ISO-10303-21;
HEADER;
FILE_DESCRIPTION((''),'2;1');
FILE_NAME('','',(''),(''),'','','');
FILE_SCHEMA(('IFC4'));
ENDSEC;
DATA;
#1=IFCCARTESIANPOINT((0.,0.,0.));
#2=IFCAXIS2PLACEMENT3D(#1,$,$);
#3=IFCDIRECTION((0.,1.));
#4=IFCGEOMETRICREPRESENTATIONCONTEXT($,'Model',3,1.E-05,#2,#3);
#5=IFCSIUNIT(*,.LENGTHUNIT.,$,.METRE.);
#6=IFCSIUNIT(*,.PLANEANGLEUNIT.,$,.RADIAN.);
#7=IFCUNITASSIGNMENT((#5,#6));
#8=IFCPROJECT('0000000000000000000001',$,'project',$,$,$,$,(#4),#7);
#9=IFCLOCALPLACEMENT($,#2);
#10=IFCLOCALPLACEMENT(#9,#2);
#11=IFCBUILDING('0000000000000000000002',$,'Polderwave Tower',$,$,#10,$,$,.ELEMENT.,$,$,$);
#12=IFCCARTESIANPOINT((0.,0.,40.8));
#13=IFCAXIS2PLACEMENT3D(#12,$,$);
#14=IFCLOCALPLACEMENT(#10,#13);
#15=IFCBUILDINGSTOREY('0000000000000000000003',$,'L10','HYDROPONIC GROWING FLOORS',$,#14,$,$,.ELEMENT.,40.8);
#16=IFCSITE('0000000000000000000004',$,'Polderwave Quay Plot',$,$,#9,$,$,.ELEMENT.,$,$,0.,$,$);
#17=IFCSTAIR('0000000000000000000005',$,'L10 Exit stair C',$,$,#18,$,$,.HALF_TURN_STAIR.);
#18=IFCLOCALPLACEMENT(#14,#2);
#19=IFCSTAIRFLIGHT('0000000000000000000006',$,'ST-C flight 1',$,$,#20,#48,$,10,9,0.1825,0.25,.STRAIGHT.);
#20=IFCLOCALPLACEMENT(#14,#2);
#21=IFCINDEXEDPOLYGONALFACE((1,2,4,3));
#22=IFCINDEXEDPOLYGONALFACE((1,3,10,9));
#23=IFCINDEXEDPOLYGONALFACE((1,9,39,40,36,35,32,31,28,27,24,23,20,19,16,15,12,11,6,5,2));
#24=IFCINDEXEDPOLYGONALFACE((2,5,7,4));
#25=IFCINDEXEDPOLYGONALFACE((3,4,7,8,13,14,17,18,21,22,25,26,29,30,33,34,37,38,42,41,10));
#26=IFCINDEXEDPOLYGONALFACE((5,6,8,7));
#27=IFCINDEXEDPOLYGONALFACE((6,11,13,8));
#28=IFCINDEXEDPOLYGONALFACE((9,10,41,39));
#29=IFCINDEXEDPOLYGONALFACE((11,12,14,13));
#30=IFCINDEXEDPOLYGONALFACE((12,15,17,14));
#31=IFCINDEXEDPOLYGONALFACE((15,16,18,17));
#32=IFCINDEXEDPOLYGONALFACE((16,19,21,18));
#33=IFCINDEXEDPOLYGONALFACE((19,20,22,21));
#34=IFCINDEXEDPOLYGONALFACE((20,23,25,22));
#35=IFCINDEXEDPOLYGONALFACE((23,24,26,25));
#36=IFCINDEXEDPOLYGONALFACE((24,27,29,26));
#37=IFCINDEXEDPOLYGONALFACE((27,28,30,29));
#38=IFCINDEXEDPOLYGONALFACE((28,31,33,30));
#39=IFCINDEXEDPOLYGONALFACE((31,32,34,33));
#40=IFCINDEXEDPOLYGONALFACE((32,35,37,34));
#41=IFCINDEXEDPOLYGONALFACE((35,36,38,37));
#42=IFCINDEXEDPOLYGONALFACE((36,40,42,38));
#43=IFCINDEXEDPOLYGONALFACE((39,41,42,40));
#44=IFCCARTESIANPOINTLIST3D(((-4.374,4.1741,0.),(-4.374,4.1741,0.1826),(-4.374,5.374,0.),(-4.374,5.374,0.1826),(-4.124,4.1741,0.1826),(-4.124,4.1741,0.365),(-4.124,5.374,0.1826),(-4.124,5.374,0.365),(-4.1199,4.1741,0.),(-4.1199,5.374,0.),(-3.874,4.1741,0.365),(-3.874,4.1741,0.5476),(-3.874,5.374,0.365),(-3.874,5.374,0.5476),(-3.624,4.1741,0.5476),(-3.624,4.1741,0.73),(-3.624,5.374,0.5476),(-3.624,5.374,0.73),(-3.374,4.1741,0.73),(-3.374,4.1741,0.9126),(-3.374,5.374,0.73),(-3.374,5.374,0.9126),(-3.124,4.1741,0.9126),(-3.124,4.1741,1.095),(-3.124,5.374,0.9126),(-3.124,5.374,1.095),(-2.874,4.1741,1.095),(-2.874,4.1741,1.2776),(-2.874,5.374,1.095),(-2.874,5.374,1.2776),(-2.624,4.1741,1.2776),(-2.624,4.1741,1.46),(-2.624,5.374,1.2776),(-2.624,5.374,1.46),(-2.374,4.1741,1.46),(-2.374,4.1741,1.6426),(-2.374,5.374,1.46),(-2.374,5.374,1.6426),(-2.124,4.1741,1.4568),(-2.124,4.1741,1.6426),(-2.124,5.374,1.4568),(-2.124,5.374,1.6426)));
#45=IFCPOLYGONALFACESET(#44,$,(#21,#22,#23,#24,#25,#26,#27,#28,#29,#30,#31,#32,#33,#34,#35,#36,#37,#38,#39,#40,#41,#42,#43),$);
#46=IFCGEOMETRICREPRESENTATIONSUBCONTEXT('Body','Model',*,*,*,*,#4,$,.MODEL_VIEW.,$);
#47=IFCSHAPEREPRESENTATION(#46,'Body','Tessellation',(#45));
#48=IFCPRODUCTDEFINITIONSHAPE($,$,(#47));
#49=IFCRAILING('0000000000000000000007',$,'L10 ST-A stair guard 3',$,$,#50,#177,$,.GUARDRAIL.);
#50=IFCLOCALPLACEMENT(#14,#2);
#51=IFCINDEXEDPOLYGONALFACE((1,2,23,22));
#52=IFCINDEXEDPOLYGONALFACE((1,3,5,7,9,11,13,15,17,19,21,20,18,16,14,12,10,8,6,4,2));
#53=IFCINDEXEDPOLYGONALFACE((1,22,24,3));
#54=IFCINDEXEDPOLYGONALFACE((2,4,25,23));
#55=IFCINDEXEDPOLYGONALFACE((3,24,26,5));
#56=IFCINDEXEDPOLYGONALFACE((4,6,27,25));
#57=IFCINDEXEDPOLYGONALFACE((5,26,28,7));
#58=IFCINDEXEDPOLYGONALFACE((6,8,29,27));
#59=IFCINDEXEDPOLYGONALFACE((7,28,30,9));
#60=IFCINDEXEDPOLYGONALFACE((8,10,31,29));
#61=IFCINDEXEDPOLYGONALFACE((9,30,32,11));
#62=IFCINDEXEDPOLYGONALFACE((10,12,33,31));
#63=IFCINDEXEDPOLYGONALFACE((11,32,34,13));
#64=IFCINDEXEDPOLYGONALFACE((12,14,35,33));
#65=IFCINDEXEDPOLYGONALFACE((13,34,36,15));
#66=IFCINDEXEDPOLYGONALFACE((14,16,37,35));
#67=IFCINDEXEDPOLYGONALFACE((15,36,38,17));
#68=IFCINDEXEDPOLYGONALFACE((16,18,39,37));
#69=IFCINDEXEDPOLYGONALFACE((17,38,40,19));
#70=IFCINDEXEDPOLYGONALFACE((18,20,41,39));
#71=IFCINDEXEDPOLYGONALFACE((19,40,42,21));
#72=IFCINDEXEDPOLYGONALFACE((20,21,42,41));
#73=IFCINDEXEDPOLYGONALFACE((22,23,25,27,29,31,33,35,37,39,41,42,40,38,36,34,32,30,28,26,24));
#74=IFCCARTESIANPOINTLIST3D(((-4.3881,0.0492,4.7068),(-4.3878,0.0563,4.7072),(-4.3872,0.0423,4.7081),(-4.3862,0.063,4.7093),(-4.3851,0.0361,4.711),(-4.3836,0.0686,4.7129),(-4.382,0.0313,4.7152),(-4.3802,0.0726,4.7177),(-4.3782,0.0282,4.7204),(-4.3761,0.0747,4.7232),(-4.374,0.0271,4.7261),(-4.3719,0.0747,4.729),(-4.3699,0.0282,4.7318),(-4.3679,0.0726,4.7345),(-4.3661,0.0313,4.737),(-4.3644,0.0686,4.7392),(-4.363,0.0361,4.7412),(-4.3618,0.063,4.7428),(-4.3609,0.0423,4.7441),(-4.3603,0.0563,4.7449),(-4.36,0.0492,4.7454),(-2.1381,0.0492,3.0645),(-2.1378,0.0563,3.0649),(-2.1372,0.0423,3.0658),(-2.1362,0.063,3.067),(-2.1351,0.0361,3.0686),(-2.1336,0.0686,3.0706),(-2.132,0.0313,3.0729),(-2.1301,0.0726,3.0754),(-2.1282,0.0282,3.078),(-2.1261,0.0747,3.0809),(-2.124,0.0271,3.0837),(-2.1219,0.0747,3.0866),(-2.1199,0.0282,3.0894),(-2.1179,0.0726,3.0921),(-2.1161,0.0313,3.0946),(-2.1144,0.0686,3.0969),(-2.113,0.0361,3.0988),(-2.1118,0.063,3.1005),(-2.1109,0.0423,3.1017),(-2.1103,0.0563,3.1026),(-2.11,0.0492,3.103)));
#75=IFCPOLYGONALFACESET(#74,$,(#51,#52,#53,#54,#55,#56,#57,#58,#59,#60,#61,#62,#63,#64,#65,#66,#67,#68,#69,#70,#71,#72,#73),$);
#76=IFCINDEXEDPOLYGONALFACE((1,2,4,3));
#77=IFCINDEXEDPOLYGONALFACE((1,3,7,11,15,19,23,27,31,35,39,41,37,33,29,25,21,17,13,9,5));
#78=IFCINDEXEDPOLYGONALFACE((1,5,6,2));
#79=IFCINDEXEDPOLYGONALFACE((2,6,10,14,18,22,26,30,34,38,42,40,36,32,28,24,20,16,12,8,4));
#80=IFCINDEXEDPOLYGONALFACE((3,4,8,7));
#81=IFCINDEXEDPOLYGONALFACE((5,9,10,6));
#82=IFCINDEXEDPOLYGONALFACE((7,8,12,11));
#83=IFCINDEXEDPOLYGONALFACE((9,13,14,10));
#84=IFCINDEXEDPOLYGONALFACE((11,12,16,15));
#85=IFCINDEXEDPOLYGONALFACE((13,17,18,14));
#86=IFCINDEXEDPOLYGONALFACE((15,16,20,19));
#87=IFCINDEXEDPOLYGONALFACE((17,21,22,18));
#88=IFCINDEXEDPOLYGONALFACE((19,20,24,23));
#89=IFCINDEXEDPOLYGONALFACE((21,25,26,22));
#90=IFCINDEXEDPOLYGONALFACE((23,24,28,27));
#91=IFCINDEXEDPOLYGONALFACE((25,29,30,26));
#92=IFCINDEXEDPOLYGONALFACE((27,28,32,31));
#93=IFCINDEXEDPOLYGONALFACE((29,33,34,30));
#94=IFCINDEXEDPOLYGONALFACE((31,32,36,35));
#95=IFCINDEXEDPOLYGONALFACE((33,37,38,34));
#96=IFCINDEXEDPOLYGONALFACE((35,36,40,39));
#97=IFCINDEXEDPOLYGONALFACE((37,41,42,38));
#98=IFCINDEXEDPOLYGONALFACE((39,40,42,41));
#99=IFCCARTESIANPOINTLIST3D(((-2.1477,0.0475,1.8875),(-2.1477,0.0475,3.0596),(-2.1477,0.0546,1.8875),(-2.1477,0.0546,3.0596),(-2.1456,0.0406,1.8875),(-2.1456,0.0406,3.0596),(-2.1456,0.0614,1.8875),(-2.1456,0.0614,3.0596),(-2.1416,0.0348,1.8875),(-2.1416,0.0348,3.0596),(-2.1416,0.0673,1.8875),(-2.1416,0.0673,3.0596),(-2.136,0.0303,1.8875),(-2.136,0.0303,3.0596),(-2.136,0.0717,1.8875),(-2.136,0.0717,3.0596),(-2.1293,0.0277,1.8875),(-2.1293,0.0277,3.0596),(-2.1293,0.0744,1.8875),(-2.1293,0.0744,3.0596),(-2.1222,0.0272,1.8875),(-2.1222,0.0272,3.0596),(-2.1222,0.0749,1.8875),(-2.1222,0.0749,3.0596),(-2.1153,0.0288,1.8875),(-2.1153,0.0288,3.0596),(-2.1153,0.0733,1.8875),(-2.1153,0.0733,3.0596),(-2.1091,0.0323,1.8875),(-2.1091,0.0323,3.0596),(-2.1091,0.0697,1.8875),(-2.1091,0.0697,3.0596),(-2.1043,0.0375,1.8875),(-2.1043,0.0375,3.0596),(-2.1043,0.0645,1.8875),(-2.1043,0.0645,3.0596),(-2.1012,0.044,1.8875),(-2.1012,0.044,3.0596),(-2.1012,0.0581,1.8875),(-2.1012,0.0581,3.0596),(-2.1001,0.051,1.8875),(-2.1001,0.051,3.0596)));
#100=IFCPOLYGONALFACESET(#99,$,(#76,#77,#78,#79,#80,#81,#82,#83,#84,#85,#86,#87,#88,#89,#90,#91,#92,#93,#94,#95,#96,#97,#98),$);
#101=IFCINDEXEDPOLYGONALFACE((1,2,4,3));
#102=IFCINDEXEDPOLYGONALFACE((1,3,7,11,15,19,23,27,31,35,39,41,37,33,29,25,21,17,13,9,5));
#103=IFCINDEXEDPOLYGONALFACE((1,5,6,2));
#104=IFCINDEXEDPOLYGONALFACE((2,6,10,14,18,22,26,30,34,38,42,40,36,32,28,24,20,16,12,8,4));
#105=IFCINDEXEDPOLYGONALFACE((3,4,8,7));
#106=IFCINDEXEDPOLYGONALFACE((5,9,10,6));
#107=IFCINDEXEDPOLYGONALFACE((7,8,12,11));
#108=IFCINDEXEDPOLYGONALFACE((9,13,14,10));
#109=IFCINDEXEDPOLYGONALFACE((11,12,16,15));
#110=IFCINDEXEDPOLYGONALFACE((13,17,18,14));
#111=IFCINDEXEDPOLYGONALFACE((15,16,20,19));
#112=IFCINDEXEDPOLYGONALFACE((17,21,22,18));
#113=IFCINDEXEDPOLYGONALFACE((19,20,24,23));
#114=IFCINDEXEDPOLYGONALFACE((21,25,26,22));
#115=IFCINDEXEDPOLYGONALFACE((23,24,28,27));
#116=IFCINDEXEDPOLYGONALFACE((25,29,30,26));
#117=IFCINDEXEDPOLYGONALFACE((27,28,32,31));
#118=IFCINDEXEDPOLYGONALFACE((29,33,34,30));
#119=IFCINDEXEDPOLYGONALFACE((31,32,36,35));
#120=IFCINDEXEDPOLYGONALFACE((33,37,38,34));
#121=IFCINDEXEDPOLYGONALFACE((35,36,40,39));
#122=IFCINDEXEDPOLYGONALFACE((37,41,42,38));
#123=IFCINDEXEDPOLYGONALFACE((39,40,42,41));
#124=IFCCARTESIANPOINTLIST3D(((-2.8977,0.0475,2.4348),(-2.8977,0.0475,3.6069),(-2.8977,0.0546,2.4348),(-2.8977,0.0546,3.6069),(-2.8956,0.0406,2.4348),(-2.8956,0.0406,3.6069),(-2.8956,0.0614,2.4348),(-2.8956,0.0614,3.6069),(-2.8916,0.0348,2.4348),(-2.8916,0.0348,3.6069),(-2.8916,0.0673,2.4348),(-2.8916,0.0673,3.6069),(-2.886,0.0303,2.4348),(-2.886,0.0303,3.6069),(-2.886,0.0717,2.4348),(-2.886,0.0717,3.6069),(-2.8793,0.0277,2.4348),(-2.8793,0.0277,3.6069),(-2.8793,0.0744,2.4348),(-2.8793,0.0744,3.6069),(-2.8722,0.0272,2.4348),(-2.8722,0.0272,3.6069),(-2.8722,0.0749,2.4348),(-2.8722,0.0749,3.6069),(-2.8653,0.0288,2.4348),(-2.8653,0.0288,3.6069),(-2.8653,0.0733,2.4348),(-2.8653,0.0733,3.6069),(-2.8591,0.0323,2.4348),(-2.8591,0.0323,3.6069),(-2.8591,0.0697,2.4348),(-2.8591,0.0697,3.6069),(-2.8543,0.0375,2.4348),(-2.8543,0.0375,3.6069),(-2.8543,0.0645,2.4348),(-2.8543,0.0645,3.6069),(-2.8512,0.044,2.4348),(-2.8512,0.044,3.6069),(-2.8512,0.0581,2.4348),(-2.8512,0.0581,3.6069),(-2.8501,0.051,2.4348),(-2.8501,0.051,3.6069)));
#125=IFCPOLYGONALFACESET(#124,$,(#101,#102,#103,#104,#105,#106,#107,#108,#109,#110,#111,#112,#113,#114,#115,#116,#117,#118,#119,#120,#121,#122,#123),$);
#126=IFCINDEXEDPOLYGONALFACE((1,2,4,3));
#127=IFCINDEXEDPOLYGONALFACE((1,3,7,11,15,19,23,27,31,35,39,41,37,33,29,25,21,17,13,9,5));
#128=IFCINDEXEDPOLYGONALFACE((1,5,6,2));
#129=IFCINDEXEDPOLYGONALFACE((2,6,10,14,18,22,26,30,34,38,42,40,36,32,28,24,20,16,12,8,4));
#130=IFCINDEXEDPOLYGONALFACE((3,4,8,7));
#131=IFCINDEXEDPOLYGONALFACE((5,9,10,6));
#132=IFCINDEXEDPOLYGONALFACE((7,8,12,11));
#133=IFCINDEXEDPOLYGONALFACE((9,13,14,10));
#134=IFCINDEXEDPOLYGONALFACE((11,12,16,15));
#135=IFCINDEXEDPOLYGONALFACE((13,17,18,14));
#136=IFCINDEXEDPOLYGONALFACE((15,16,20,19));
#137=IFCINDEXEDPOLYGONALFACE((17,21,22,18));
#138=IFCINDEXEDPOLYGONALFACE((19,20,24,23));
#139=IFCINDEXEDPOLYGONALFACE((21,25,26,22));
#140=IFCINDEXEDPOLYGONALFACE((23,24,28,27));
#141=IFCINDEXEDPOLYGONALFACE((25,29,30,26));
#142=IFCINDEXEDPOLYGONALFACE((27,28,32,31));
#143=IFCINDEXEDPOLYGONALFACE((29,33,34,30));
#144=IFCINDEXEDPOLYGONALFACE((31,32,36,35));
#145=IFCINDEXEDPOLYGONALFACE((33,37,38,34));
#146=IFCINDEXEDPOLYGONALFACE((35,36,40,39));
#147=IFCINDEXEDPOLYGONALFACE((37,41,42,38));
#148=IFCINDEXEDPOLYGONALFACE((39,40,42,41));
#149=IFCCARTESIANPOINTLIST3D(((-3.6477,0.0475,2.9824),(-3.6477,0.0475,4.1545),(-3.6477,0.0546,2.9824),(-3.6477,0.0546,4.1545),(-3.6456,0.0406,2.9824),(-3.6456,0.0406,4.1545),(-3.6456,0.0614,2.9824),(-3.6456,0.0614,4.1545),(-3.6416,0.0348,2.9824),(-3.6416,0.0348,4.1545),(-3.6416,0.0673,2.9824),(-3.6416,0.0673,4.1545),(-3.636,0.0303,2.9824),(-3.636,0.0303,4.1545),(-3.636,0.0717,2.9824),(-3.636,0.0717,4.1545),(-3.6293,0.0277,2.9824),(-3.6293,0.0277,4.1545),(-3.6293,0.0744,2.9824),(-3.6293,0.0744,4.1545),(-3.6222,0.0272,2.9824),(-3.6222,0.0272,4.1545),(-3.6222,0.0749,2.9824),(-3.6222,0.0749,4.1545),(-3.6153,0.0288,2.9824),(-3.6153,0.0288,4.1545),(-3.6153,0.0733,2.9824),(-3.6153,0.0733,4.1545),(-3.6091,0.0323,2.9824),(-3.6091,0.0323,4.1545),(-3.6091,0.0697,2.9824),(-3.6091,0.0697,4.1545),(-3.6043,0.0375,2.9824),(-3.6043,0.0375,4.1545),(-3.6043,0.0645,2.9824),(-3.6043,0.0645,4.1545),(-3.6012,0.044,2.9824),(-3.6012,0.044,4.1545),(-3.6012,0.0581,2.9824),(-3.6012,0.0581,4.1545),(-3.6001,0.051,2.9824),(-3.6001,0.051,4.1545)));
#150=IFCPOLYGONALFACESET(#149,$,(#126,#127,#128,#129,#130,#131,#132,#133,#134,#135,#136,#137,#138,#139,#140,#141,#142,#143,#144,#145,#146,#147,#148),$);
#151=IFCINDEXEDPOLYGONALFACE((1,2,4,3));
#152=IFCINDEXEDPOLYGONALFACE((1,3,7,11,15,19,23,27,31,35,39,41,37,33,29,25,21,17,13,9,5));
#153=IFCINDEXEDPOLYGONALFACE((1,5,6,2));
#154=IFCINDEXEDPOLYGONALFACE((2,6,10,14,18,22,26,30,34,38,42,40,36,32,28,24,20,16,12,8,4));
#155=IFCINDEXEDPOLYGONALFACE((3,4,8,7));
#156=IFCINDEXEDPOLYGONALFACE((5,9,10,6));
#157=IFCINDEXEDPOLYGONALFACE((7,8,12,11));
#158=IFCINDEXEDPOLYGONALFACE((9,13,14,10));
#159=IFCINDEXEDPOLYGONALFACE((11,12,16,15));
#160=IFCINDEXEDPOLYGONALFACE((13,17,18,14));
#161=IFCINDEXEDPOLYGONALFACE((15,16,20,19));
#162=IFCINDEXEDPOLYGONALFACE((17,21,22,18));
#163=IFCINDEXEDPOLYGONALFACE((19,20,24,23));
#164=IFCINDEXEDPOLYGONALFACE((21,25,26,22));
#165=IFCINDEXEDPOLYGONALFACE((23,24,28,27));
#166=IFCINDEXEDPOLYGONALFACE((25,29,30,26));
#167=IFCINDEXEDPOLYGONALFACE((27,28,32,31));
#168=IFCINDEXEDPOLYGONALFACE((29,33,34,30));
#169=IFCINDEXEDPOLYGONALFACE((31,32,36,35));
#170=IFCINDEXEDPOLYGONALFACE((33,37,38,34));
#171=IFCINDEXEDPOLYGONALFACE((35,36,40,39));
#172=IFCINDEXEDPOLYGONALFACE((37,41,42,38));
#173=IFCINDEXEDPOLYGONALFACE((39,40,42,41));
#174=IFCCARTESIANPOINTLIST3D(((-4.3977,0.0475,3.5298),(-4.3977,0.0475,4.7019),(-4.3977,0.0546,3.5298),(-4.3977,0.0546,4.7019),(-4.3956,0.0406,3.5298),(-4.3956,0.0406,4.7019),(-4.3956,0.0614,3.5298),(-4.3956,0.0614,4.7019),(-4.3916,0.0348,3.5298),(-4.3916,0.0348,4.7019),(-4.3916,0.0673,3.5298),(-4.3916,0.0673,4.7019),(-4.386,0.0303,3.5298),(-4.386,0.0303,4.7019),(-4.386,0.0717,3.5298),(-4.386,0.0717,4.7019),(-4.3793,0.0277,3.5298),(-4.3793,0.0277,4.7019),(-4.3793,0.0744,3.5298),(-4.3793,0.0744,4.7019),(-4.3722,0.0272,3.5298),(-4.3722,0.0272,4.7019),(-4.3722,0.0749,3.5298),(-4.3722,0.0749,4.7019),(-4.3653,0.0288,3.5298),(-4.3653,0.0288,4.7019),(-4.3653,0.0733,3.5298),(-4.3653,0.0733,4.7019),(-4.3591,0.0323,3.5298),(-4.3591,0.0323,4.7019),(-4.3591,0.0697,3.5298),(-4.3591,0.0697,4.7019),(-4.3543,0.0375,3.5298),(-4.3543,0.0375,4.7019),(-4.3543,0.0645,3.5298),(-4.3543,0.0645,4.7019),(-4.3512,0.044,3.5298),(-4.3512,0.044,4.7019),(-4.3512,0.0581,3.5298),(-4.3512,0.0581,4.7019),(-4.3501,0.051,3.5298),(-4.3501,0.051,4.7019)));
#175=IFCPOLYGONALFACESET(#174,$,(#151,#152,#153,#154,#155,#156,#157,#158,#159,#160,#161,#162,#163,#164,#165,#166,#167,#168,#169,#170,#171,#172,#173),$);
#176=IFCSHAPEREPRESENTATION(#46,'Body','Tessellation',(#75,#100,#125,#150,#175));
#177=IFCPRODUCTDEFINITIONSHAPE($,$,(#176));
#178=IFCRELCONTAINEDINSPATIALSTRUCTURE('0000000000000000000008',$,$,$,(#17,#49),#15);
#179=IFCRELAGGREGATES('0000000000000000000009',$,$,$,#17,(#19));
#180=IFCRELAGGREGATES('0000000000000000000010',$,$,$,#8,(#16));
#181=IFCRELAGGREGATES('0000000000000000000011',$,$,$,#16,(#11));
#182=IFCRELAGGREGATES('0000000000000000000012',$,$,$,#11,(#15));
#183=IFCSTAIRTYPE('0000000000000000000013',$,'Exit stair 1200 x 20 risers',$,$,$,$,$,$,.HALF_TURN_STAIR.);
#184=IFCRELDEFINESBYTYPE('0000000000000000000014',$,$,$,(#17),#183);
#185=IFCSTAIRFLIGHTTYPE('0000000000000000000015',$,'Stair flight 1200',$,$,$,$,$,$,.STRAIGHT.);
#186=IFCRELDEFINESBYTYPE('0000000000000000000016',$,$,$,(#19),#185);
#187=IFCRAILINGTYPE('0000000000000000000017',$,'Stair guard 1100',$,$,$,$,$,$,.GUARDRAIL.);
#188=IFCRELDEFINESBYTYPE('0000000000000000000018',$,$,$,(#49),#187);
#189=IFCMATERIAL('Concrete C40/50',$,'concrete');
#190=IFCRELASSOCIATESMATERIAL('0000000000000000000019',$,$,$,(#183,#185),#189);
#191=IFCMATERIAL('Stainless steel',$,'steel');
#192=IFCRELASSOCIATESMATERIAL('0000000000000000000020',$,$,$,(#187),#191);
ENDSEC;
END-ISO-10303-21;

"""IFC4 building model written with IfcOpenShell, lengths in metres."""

from ifc_helpers import new_model, si_unit, direction, frame, origin, origin_2d, place, context, subcontext, project, spatial, polyline, circle, outline, extrude, material, type_object, element, aggregate, save


model = new_model("IFC4")

# Units and contexts
model_context = context("Model", 3, precision=1e-05, world=origin(), true_north=direction((0.0, 1.0)))
body_context = subcontext(model_context, "Body", "Model", "MODEL_VIEW")
ifc_project = project(units=[si_unit("LENGTHUNIT", "METRE"), si_unit("PLANEANGLEUNIT", "RADIAN")], contexts=[model_context])

# Site, building, storey
site_placement = place(None, origin())
site = spatial("IfcSite", under=ifc_project, at=site_placement, Name="Polderwave Quay Plot", CompositionType="ELEMENT", RefElevation=0.0)
building_placement = place(site_placement, origin())
building = spatial("IfcBuilding", under=site, at=building_placement, Name="Polderwave Tower", CompositionType="ELEMENT")
storey_placement = place(building_placement, frame((0.0, 0.0, 40.8)))
storey = spatial("IfcBuildingStorey", under=building, at=storey_placement, Name="L10", Description="HYDROPONIC GROWING FLOORS", CompositionType="ELEMENT", Elevation=40.8)

# Shared definitions
ifc_material_1 = material(Name="Concrete C40/50", Category="concrete")

# Stair
stair_type = type_object("IfcStairType", Name="Exit stair 1200 x 20 risers", PredefinedType="HALF_TURN_STAIR", material=ifc_material_1)
stair_1_placement = place(storey_placement, origin())
stair_1 = element("IfcStair", 1, at=stair_1_placement, inside=storey, type_object=stair_type, Name="L10 Exit stair C", PredefinedType="HALF_TURN_STAIR")

# Shared definitions
stair_flight_type = type_object("IfcStairFlightType", Name="Stair flight 1200", PredefinedType="STRAIGHT", material=ifc_material_1)

# Stair flight
stair_flight_1_placement = place(storey_placement, frame((-4.374, 4.7739, 0.0), z_axis=(0.0, 0.0, 1.0), x_axis=(1.0, 0.0, 0.0)))
stair_flight_1 = element("IfcStairFlight", 2, at=stair_flight_1_placement, type_object=stair_flight_type, Name="ST-C flight 1", NumberOfRisers=10, NumberOfTreads=9, PredefinedType="STRAIGHT", RiserHeight=0.1825, TreadLength=0.25, context=body_context, shape_type="SweptSolid", body=[
    extrude(outline(polyline([(0.0, 0.0), (0.0, 0.1826), (0.25, 0.1826), (0.25, 0.365), (0.5, 0.365), (0.5, 0.5476), (0.75, 0.5476), (0.75, 0.73), (1.0, 0.73), (1.0, 0.9126), (1.25, 0.9126), (1.25, 1.095), (1.5, 1.095), (1.5, 1.2776), (1.75, 1.2776), (1.75, 1.46), (2.0, 1.46), (2.0, 1.6426), (2.25, 1.6426), (2.25, 1.825), (2.25, 1.4568), (0.2542, 0.0), (0.0, 0.0)])), frame((0.0, 0.6001, 0.0), z_axis=(0.0, -1.0, 0.0), x_axis=(1.0, 0.0, 0.0)), (0.0, 0.0, 1.0), 1.2),
])
aggregate(stair_1, [stair_flight_1])

# Railing
ifc_material_2 = material(Name="Stainless steel", Category="steel")
railing_type_1 = type_object("IfcRailingType", Name="Stair guard 1100", PredefinedType="GUARDRAIL", material=ifc_material_2)
railing_1_placement = place(storey_placement, frame((-2.124, 0.051, 1.8875)))
element("IfcRailing", 3, at=railing_1_placement, inside=storey, type_object=railing_type_1, Name="L10 ST-A stair guard 3", PredefinedType="GUARDRAIL", context=body_context, shape_type="SweptSolid", body=[
    extrude(circle(Radius=0.0239, at=origin_2d()), frame((0.0, 0.0, 1.1963), z_axis=(-0.807715, 0.0, 0.589573), x_axis=(0.0, -1.0, 0.0)), (0.0, 0.0, 1.0), 2.7856),
    extrude(circle(Radius=0.0239, at=origin_2d()), origin(), (0.0, 0.0, 1.0), 1.1721),
    extrude(circle(Radius=0.0239, at=origin_2d()), frame((-0.75, 0.0, 0.5474)), (0.0, 0.0, 1.0), 1.1721),
    extrude(circle(Radius=0.0239, at=origin_2d()), frame((-1.5, 0.0, 1.095)), (0.0, 0.0, 1.0), 1.1721),
    extrude(circle(Radius=0.0239, at=origin_2d()), frame((-2.25, 0.0, 1.6423)), (0.0, 0.0, 1.0), 1.1721),
])

save(model, "model.ifc")
